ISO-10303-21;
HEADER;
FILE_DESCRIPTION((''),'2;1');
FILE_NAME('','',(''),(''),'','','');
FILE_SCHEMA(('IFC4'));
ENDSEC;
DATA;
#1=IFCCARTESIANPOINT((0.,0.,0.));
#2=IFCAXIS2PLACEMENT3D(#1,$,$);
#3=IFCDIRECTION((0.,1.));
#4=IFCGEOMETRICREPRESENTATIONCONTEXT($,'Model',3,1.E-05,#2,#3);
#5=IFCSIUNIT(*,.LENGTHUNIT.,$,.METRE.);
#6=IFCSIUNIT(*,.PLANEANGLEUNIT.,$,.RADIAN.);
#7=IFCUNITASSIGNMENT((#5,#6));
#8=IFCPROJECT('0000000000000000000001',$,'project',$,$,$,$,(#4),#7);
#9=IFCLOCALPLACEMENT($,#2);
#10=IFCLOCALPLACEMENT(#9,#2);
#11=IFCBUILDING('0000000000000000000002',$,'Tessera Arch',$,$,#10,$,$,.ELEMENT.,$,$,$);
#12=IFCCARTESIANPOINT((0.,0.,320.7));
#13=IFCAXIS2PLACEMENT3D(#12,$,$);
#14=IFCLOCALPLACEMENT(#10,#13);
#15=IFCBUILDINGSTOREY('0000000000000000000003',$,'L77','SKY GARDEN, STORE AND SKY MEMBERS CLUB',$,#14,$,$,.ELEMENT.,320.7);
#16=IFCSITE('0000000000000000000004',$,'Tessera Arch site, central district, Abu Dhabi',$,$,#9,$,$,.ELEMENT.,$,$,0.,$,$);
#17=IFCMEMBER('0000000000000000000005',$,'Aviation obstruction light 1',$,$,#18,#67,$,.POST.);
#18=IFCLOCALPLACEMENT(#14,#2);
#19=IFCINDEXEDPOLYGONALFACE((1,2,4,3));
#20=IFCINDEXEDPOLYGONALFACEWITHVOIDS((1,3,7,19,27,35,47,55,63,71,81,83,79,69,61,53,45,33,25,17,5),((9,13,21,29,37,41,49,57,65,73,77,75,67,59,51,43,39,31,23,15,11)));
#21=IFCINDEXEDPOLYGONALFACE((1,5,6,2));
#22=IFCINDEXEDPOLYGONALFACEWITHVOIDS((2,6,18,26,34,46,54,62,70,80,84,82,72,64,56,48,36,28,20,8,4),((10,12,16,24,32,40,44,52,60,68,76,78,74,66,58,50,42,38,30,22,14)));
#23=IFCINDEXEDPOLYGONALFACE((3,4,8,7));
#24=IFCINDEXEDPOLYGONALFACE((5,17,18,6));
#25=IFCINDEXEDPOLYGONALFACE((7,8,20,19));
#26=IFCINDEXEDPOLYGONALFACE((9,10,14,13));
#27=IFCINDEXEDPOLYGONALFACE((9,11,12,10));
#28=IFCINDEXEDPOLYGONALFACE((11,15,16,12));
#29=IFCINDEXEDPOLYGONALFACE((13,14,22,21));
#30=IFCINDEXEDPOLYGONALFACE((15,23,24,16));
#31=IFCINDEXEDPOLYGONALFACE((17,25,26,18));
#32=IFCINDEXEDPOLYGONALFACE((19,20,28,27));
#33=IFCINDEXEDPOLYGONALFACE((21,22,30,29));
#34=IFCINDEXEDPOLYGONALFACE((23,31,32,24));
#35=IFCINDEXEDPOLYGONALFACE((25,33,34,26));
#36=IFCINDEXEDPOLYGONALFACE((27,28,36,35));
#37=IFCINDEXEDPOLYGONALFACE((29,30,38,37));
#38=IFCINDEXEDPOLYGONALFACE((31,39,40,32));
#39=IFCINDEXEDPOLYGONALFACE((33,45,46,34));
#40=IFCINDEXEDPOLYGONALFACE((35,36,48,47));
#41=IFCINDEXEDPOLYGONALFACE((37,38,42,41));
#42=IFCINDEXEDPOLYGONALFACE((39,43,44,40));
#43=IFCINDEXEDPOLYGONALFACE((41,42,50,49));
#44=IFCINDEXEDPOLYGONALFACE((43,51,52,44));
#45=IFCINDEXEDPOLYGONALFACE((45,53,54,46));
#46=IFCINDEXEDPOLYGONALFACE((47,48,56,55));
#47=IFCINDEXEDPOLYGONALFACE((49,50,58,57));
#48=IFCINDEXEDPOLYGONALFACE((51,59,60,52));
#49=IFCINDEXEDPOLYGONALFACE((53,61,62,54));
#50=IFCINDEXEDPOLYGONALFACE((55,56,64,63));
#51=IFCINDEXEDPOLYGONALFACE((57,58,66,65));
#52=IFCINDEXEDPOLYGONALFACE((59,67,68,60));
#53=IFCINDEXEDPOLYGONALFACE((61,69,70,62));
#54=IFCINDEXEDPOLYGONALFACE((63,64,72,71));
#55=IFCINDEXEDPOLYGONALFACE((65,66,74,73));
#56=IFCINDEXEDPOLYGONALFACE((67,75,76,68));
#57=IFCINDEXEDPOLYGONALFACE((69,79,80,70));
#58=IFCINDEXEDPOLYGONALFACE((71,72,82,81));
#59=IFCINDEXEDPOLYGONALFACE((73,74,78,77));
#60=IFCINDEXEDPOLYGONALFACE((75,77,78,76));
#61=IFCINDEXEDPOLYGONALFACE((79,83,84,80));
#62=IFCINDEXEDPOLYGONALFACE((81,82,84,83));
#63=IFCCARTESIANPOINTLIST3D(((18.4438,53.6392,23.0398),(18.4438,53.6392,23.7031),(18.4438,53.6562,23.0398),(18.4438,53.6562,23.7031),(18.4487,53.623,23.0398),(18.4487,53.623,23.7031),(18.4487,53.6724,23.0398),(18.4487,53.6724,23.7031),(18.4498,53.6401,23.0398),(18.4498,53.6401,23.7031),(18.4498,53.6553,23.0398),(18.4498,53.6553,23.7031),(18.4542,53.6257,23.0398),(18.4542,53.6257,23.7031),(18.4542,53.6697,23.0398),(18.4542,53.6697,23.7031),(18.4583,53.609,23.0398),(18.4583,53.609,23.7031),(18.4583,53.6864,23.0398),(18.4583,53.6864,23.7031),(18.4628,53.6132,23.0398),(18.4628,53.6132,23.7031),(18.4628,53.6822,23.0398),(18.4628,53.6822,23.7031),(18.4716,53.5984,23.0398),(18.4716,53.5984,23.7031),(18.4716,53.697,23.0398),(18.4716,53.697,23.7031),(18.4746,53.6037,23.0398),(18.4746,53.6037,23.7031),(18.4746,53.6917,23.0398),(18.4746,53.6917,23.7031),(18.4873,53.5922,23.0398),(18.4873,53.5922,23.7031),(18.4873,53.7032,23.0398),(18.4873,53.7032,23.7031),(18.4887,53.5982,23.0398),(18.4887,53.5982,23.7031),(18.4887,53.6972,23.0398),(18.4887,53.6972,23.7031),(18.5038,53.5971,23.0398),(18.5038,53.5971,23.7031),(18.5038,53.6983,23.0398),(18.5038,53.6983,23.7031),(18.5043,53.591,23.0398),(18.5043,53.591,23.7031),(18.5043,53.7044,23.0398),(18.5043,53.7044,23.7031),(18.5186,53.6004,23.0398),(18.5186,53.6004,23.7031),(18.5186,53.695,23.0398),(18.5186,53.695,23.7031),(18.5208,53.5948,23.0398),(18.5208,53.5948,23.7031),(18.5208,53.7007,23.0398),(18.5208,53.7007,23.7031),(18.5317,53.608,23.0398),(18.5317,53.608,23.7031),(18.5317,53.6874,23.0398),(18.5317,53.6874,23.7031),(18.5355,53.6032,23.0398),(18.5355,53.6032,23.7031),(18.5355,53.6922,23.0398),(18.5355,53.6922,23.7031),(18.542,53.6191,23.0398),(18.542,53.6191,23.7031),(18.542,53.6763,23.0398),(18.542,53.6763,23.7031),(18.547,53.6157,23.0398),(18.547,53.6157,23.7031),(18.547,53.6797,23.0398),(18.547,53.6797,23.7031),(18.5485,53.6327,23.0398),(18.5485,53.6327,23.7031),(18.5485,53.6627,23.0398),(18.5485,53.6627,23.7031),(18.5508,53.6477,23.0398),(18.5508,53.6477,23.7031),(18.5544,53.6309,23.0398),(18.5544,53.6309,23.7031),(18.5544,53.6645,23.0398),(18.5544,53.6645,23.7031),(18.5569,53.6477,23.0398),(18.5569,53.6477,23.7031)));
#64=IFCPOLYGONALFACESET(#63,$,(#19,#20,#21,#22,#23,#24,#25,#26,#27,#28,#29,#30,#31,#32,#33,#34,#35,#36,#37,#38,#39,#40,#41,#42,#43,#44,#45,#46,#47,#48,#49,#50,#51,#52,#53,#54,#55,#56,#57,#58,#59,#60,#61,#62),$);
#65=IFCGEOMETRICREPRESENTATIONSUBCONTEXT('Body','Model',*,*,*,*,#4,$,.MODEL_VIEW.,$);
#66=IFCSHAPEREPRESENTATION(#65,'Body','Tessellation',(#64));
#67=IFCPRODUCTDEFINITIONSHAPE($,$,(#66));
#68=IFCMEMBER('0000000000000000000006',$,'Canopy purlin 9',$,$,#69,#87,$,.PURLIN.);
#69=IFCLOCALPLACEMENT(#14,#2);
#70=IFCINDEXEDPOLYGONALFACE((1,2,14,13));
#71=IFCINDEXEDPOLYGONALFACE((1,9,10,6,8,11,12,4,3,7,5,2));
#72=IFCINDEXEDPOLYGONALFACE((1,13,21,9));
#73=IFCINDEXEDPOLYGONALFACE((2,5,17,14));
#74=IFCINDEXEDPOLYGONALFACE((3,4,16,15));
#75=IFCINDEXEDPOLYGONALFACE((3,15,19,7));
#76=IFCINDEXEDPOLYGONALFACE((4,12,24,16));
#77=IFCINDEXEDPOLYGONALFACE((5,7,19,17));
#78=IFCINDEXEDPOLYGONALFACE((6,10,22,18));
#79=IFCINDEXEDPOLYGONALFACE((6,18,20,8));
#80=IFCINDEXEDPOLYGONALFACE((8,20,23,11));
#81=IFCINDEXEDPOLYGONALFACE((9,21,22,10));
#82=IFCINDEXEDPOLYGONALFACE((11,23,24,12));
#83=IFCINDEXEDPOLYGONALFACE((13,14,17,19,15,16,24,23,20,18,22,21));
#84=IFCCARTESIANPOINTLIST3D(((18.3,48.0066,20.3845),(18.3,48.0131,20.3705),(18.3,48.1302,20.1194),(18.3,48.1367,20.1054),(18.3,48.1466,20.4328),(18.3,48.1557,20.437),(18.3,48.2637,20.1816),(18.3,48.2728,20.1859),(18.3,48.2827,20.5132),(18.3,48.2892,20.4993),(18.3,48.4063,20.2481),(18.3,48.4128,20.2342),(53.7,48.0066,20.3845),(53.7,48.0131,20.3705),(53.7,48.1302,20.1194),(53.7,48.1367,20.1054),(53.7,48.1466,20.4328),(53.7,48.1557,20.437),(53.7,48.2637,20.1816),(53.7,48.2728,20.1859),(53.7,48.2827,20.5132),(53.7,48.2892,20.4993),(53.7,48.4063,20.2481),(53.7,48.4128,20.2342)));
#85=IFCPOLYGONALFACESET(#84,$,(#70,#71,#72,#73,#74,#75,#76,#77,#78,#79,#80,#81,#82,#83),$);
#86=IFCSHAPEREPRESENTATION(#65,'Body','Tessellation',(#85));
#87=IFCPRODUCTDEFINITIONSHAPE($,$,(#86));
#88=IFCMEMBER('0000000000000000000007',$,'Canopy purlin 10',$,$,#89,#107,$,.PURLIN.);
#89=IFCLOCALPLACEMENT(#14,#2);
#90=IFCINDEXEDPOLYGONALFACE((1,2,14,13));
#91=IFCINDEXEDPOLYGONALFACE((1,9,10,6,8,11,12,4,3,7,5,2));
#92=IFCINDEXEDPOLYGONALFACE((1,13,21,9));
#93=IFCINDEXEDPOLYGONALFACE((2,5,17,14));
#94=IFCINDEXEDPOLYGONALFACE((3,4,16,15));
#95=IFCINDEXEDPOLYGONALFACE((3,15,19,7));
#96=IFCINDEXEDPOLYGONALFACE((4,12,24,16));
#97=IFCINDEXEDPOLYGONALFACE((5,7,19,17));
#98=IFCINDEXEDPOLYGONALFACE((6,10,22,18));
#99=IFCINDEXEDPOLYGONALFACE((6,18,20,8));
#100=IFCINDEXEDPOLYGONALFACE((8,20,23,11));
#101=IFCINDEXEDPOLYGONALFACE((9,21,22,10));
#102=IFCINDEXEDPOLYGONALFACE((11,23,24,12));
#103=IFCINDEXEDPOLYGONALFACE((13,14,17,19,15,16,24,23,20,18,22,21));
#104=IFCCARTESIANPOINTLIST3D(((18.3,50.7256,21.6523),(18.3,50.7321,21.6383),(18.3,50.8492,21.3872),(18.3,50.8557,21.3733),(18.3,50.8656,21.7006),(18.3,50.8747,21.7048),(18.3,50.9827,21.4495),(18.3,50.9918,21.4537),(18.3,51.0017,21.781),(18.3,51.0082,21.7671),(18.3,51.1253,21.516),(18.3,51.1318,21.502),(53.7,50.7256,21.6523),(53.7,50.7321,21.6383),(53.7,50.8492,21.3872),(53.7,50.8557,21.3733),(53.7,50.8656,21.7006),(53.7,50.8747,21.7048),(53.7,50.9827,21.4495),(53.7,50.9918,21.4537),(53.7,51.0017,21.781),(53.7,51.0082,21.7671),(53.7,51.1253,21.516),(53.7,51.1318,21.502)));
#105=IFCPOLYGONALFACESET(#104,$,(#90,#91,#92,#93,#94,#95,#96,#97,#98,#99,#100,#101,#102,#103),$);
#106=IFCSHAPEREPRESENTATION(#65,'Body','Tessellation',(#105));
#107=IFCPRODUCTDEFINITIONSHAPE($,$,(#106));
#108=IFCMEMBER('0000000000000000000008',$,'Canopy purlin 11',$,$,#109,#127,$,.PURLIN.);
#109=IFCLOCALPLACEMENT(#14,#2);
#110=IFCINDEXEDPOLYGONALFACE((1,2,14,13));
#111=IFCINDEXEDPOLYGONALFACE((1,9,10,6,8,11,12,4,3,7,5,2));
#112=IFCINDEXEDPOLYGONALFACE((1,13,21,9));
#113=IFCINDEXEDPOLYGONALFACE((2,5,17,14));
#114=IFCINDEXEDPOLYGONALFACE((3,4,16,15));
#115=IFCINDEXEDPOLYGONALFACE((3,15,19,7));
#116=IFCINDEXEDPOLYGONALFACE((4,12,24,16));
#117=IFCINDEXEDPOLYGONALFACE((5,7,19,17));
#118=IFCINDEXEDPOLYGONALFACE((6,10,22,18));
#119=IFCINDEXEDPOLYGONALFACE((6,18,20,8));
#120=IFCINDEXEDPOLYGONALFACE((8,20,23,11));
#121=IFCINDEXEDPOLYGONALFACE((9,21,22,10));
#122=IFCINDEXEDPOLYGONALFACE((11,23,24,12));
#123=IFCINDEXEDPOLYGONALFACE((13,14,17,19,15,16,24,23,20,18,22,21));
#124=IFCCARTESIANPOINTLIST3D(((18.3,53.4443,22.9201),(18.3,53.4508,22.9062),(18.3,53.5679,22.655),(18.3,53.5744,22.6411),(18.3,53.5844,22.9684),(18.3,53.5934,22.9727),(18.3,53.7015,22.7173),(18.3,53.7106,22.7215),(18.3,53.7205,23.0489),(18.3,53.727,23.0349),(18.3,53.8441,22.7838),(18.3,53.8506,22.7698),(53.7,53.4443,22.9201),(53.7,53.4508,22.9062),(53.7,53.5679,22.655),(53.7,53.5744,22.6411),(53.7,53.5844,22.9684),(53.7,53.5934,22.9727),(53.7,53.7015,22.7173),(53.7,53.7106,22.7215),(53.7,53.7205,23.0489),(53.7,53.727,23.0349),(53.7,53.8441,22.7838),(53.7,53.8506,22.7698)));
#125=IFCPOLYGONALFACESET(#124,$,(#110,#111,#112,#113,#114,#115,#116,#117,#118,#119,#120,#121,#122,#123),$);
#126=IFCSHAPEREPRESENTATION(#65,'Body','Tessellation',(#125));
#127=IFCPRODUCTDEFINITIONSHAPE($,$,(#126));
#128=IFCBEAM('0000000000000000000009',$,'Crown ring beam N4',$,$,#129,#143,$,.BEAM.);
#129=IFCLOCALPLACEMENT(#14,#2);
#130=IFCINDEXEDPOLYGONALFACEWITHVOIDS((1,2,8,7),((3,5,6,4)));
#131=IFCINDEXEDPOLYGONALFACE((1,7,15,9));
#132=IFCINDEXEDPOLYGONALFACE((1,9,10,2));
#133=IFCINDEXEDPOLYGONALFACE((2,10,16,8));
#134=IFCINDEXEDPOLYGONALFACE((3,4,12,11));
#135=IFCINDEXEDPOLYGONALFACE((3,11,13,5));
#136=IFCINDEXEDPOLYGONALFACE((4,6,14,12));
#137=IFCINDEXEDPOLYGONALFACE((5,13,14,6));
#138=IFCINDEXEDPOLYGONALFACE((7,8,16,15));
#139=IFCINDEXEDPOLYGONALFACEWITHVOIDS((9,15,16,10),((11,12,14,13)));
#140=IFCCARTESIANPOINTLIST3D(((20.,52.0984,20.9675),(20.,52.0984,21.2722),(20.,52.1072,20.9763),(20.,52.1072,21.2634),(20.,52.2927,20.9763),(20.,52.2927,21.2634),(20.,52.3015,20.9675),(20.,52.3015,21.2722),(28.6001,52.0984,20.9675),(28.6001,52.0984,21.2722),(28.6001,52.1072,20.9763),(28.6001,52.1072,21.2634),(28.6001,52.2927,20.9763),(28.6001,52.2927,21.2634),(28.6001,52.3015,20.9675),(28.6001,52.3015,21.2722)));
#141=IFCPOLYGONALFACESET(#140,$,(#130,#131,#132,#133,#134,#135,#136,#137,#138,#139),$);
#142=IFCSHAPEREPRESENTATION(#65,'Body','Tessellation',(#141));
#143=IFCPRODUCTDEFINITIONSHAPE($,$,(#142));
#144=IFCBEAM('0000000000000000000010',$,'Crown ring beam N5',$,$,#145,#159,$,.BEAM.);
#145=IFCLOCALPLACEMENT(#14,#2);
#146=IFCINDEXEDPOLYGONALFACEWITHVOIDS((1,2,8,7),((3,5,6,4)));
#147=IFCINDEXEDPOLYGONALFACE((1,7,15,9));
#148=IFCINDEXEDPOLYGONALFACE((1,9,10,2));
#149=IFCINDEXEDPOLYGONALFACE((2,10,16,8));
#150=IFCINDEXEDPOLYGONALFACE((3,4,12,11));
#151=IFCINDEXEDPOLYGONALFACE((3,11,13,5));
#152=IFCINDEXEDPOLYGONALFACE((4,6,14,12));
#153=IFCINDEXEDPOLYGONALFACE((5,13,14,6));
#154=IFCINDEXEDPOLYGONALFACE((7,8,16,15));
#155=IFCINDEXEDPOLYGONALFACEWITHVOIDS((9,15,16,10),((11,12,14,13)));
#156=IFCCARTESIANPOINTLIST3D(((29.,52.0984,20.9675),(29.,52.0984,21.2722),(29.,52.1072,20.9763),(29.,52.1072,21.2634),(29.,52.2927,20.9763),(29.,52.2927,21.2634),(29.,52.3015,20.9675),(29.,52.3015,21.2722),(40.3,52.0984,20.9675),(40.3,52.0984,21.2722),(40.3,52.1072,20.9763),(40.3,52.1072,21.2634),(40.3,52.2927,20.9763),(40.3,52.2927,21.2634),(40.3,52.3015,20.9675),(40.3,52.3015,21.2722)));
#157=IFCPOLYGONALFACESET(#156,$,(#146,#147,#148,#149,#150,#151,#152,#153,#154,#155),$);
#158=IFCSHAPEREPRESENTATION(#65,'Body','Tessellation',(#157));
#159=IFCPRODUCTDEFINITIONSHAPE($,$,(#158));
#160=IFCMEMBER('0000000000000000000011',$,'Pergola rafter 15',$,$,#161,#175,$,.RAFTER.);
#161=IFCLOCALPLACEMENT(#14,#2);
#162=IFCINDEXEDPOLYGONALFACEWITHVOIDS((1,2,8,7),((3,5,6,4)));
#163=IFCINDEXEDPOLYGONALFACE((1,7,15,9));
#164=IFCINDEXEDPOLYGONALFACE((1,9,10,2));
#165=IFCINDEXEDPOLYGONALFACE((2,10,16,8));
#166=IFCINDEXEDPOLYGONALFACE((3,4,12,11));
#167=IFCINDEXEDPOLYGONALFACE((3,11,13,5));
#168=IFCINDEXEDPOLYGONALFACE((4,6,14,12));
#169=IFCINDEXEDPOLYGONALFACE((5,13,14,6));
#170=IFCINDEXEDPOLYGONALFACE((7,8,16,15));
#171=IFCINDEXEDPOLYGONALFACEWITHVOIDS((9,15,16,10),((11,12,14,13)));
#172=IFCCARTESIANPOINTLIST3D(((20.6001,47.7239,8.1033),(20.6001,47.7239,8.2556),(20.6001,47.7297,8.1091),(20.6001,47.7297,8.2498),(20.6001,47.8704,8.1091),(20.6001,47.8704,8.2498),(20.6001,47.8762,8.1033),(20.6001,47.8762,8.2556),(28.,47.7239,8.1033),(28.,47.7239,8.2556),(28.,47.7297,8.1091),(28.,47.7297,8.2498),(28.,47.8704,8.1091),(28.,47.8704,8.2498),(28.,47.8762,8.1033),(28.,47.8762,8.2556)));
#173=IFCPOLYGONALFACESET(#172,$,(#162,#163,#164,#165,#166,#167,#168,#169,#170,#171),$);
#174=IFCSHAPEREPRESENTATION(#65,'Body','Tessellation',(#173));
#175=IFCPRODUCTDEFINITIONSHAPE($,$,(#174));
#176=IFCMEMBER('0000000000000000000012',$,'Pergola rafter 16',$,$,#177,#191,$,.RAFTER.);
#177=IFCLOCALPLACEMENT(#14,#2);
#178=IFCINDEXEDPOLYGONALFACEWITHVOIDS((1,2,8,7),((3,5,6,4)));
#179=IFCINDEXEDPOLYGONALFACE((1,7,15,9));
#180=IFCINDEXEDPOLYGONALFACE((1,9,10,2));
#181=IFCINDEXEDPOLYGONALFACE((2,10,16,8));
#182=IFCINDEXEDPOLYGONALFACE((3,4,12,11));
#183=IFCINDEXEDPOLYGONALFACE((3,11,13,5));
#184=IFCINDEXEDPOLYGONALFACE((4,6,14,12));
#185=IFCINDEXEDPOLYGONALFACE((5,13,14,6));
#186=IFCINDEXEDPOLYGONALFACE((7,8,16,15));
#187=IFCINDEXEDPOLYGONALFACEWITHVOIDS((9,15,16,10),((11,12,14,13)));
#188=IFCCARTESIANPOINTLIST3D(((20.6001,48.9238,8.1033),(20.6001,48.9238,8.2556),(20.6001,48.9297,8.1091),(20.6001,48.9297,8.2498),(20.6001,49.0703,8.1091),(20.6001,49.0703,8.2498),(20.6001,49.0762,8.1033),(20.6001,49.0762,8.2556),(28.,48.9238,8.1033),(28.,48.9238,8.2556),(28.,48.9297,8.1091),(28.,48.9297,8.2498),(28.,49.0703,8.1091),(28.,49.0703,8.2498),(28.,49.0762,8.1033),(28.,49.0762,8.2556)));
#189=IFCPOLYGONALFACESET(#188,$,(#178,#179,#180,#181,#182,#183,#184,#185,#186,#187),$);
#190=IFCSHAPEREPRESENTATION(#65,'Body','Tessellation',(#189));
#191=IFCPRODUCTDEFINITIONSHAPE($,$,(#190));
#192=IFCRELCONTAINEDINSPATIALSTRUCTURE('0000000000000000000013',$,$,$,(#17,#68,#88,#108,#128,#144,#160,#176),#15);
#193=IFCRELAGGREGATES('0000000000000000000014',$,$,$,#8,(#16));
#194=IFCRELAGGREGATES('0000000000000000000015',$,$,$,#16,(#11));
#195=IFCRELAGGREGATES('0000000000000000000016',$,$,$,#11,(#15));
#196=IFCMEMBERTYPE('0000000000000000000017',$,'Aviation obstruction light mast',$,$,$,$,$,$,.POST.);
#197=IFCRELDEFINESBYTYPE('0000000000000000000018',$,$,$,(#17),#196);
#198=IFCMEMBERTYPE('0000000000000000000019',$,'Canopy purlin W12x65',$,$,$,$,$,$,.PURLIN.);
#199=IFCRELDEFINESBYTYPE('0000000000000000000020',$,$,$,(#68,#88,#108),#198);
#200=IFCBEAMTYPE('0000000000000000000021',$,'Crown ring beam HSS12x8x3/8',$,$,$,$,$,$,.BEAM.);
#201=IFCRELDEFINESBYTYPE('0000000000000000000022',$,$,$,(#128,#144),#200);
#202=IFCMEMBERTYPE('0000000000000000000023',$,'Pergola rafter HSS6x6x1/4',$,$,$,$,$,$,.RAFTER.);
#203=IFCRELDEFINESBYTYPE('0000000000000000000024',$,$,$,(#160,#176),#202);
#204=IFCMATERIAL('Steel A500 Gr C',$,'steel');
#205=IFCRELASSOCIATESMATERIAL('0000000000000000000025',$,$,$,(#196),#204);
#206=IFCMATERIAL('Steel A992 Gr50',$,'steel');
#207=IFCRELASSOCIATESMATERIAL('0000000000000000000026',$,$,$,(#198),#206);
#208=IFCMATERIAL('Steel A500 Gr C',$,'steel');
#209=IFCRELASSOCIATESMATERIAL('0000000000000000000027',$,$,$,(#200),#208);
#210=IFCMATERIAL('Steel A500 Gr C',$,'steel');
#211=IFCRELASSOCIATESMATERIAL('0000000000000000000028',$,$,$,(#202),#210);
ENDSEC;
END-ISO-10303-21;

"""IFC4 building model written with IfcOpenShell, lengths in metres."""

from ifc_helpers import new_model, si_unit, direction, frame, origin, origin_2d, place, context, subcontext, project, spatial, hollow_rectangle, hollow_circle, i_section, extrude, material, material_profile, profile_set, type_object, element, save


model = new_model("IFC4")

# Units and contexts
model_context = context("Model", 3, precision=1e-05, world=origin(), true_north=direction((0.0, 1.0)))
body_context = subcontext(model_context, "Body", "Model", "MODEL_VIEW")
ifc_project = project(units=[si_unit("LENGTHUNIT", "METRE"), si_unit("PLANEANGLEUNIT", "RADIAN")], contexts=[model_context])

# Site, building, storey
site_placement = place(None, origin())
site = spatial("IfcSite", under=ifc_project, at=site_placement, Name="Tessera Arch site, central district, Abu Dhabi", CompositionType="ELEMENT", RefElevation=0.0)
building_placement = place(site_placement, origin())
building = spatial("IfcBuilding", under=site, at=building_placement, Name="Tessera Arch", CompositionType="ELEMENT")
storey_placement = place(building_placement, frame((0.0, 0.0, 320.7)))
storey = spatial("IfcBuildingStorey", under=building, at=storey_placement, Name="L77", Description="SKY GARDEN, STORE AND SKY MEMBERS CLUB", CompositionType="ELEMENT", Elevation=320.7)

# Members
ifc_material_1 = material(Name="Steel A500 Gr C", Category="steel")
ifc_material_profile_1 = material_profile(ifc_material_1, hollow_circle(Radius=0.0569, WallThickness=0.0061, at=origin_2d()), Name="Aviation obstruction light mast")
ifc_profile_set_1 = profile_set([ifc_material_profile_1], Name="Steel A500 Gr C")
member_type_1 = type_object("IfcMemberType", Name="Aviation obstruction light mast", PredefinedType="POST", material=ifc_profile_set_1)
member_placement = place(storey_placement, frame((18.5, 53.6477, 23.0398), z_axis=(0.0, 0.0, 1.0), x_axis=(1.0, 0.0, 0.0)))
element("IfcMember", 1, at=member_placement, inside=storey, type_object=member_type_1, Name="Aviation obstruction light 1", PredefinedType="POST", context=body_context, shape_type="SweptSolid", body=[
    extrude(hollow_circle(Radius=0.0569, WallThickness=0.0061, at=origin_2d()), origin(), (0.0, 0.0, 1.0), 0.6633),
])
ifc_material_2 = material(Name="Steel A992 Gr50", Category="steel")
ifc_material_profile_2 = material_profile(ifc_material_2, i_section(OverallWidth=0.3047, OverallDepth=0.3079, WebThickness=0.01, FlangeThickness=0.0154, at=origin_2d()), Name="W12x65")
ifc_profile_set_2 = profile_set([ifc_material_profile_2], Name="Steel A992 Gr50")
member_type_2 = type_object("IfcMemberType", Name="Canopy purlin W12x65", PredefinedType="PURLIN", material=ifc_profile_set_2)
for number, where, z_axis, x_axis, name in (
    (2, (18.3, 48.2097, 20.3093), (1.0, 0.0, 0.0), (0.0, 0.906308, 0.422618), "Canopy purlin 9"),
    (3, (18.3, 50.9287, 21.5771), (1.0, 0.0, 0.0), (0.0, 0.906308, 0.422618), "Canopy purlin 10"),
    (4, (18.3, 53.6475, 22.845), (1.0, 0.0, 0.0), (0.0, 0.906308, 0.422618), "Canopy purlin 11"),
):
    element("IfcMember", number, at=place(storey_placement, frame(where, z_axis=z_axis, x_axis=x_axis)), inside=storey, type_object=member_type_2, Name=name, PredefinedType="PURLIN", context=body_context, shape_type="SweptSolid", body=[
        extrude(i_section(OverallWidth=0.3047, OverallDepth=0.3079, WebThickness=0.01, FlangeThickness=0.0154, at=origin_2d()), origin(), (0.0, 0.0, 1.0), 35.3999),
    ])

# Beams
ifc_material_3 = material(Name="Steel A500 Gr C", Category="steel")
ifc_material_profile_3 = material_profile(ifc_material_3, hollow_rectangle(XDim=0.2031, YDim=0.3047, WallThickness=0.0088, at=origin_2d()), Name="HSS12x8x3/8")
ifc_profile_set_3 = profile_set([ifc_material_profile_3], Name="Steel A500 Gr C")
beam_type = type_object("IfcBeamType", Name="Crown ring beam HSS12x8x3/8", PredefinedType="BEAM", material=ifc_profile_set_3)
beam_1_placement = place(storey_placement, frame((20.0, 52.2, 21.1199), z_axis=(1.0, 0.0, 0.0), x_axis=(0.0, 1.0, 0.0)))
element("IfcBeam", 5, at=beam_1_placement, inside=storey, type_object=beam_type, Name="Crown ring beam N4", PredefinedType="BEAM", context=body_context, shape_type="SweptSolid", body=[
    extrude(hollow_rectangle(XDim=0.2031, YDim=0.3047, WallThickness=0.0088, at=origin_2d()), origin(), (0.0, 0.0, 1.0), 8.6001),
])
beam_2_placement = place(storey_placement, frame((29.0, 52.2, 21.1199), z_axis=(1.0, 0.0, 0.0), x_axis=(0.0, 1.0, 0.0)))
element("IfcBeam", 6, at=beam_2_placement, inside=storey, type_object=beam_type, Name="Crown ring beam N5", PredefinedType="BEAM", context=body_context, shape_type="SweptSolid", body=[
    extrude(hollow_rectangle(XDim=0.2031, YDim=0.3047, WallThickness=0.0088, at=origin_2d()), origin(), (0.0, 0.0, 1.0), 11.3),
])

# Members
ifc_material_4 = material(Name="Steel A500 Gr C", Category="steel")
ifc_material_profile_4 = material_profile(ifc_material_4, hollow_rectangle(XDim=0.1523, YDim=0.1523, WallThickness=0.0059, at=origin_2d()), Name="HSS6x6x1/4")
ifc_profile_set_4 = profile_set([ifc_material_profile_4], Name="Steel A500 Gr C")
member_type_3 = type_object("IfcMemberType", Name="Pergola rafter HSS6x6x1/4", PredefinedType="RAFTER", material=ifc_profile_set_4)
for number, where, z_axis, x_axis, name in (
    (7, (20.6001, 47.8, 8.1794), (1.0, 0.0, 0.0), (0.0, 1.0, 0.0), "Pergola rafter 15"),
    (8, (20.6001, 49.0, 8.1794), (1.0, 0.0, 0.0), (0.0, 1.0, 0.0), "Pergola rafter 16"),
):
    element("IfcMember", number, at=place(storey_placement, frame(where, z_axis=z_axis, x_axis=x_axis)), inside=storey, type_object=member_type_3, Name=name, PredefinedType="RAFTER", context=body_context, shape_type="SweptSolid", body=[
        extrude(hollow_rectangle(XDim=0.1523, YDim=0.1523, WallThickness=0.0059, at=origin_2d()), origin(), (0.0, 0.0, 1.0), 7.3999),
    ])

save(model, "model.ifc")
